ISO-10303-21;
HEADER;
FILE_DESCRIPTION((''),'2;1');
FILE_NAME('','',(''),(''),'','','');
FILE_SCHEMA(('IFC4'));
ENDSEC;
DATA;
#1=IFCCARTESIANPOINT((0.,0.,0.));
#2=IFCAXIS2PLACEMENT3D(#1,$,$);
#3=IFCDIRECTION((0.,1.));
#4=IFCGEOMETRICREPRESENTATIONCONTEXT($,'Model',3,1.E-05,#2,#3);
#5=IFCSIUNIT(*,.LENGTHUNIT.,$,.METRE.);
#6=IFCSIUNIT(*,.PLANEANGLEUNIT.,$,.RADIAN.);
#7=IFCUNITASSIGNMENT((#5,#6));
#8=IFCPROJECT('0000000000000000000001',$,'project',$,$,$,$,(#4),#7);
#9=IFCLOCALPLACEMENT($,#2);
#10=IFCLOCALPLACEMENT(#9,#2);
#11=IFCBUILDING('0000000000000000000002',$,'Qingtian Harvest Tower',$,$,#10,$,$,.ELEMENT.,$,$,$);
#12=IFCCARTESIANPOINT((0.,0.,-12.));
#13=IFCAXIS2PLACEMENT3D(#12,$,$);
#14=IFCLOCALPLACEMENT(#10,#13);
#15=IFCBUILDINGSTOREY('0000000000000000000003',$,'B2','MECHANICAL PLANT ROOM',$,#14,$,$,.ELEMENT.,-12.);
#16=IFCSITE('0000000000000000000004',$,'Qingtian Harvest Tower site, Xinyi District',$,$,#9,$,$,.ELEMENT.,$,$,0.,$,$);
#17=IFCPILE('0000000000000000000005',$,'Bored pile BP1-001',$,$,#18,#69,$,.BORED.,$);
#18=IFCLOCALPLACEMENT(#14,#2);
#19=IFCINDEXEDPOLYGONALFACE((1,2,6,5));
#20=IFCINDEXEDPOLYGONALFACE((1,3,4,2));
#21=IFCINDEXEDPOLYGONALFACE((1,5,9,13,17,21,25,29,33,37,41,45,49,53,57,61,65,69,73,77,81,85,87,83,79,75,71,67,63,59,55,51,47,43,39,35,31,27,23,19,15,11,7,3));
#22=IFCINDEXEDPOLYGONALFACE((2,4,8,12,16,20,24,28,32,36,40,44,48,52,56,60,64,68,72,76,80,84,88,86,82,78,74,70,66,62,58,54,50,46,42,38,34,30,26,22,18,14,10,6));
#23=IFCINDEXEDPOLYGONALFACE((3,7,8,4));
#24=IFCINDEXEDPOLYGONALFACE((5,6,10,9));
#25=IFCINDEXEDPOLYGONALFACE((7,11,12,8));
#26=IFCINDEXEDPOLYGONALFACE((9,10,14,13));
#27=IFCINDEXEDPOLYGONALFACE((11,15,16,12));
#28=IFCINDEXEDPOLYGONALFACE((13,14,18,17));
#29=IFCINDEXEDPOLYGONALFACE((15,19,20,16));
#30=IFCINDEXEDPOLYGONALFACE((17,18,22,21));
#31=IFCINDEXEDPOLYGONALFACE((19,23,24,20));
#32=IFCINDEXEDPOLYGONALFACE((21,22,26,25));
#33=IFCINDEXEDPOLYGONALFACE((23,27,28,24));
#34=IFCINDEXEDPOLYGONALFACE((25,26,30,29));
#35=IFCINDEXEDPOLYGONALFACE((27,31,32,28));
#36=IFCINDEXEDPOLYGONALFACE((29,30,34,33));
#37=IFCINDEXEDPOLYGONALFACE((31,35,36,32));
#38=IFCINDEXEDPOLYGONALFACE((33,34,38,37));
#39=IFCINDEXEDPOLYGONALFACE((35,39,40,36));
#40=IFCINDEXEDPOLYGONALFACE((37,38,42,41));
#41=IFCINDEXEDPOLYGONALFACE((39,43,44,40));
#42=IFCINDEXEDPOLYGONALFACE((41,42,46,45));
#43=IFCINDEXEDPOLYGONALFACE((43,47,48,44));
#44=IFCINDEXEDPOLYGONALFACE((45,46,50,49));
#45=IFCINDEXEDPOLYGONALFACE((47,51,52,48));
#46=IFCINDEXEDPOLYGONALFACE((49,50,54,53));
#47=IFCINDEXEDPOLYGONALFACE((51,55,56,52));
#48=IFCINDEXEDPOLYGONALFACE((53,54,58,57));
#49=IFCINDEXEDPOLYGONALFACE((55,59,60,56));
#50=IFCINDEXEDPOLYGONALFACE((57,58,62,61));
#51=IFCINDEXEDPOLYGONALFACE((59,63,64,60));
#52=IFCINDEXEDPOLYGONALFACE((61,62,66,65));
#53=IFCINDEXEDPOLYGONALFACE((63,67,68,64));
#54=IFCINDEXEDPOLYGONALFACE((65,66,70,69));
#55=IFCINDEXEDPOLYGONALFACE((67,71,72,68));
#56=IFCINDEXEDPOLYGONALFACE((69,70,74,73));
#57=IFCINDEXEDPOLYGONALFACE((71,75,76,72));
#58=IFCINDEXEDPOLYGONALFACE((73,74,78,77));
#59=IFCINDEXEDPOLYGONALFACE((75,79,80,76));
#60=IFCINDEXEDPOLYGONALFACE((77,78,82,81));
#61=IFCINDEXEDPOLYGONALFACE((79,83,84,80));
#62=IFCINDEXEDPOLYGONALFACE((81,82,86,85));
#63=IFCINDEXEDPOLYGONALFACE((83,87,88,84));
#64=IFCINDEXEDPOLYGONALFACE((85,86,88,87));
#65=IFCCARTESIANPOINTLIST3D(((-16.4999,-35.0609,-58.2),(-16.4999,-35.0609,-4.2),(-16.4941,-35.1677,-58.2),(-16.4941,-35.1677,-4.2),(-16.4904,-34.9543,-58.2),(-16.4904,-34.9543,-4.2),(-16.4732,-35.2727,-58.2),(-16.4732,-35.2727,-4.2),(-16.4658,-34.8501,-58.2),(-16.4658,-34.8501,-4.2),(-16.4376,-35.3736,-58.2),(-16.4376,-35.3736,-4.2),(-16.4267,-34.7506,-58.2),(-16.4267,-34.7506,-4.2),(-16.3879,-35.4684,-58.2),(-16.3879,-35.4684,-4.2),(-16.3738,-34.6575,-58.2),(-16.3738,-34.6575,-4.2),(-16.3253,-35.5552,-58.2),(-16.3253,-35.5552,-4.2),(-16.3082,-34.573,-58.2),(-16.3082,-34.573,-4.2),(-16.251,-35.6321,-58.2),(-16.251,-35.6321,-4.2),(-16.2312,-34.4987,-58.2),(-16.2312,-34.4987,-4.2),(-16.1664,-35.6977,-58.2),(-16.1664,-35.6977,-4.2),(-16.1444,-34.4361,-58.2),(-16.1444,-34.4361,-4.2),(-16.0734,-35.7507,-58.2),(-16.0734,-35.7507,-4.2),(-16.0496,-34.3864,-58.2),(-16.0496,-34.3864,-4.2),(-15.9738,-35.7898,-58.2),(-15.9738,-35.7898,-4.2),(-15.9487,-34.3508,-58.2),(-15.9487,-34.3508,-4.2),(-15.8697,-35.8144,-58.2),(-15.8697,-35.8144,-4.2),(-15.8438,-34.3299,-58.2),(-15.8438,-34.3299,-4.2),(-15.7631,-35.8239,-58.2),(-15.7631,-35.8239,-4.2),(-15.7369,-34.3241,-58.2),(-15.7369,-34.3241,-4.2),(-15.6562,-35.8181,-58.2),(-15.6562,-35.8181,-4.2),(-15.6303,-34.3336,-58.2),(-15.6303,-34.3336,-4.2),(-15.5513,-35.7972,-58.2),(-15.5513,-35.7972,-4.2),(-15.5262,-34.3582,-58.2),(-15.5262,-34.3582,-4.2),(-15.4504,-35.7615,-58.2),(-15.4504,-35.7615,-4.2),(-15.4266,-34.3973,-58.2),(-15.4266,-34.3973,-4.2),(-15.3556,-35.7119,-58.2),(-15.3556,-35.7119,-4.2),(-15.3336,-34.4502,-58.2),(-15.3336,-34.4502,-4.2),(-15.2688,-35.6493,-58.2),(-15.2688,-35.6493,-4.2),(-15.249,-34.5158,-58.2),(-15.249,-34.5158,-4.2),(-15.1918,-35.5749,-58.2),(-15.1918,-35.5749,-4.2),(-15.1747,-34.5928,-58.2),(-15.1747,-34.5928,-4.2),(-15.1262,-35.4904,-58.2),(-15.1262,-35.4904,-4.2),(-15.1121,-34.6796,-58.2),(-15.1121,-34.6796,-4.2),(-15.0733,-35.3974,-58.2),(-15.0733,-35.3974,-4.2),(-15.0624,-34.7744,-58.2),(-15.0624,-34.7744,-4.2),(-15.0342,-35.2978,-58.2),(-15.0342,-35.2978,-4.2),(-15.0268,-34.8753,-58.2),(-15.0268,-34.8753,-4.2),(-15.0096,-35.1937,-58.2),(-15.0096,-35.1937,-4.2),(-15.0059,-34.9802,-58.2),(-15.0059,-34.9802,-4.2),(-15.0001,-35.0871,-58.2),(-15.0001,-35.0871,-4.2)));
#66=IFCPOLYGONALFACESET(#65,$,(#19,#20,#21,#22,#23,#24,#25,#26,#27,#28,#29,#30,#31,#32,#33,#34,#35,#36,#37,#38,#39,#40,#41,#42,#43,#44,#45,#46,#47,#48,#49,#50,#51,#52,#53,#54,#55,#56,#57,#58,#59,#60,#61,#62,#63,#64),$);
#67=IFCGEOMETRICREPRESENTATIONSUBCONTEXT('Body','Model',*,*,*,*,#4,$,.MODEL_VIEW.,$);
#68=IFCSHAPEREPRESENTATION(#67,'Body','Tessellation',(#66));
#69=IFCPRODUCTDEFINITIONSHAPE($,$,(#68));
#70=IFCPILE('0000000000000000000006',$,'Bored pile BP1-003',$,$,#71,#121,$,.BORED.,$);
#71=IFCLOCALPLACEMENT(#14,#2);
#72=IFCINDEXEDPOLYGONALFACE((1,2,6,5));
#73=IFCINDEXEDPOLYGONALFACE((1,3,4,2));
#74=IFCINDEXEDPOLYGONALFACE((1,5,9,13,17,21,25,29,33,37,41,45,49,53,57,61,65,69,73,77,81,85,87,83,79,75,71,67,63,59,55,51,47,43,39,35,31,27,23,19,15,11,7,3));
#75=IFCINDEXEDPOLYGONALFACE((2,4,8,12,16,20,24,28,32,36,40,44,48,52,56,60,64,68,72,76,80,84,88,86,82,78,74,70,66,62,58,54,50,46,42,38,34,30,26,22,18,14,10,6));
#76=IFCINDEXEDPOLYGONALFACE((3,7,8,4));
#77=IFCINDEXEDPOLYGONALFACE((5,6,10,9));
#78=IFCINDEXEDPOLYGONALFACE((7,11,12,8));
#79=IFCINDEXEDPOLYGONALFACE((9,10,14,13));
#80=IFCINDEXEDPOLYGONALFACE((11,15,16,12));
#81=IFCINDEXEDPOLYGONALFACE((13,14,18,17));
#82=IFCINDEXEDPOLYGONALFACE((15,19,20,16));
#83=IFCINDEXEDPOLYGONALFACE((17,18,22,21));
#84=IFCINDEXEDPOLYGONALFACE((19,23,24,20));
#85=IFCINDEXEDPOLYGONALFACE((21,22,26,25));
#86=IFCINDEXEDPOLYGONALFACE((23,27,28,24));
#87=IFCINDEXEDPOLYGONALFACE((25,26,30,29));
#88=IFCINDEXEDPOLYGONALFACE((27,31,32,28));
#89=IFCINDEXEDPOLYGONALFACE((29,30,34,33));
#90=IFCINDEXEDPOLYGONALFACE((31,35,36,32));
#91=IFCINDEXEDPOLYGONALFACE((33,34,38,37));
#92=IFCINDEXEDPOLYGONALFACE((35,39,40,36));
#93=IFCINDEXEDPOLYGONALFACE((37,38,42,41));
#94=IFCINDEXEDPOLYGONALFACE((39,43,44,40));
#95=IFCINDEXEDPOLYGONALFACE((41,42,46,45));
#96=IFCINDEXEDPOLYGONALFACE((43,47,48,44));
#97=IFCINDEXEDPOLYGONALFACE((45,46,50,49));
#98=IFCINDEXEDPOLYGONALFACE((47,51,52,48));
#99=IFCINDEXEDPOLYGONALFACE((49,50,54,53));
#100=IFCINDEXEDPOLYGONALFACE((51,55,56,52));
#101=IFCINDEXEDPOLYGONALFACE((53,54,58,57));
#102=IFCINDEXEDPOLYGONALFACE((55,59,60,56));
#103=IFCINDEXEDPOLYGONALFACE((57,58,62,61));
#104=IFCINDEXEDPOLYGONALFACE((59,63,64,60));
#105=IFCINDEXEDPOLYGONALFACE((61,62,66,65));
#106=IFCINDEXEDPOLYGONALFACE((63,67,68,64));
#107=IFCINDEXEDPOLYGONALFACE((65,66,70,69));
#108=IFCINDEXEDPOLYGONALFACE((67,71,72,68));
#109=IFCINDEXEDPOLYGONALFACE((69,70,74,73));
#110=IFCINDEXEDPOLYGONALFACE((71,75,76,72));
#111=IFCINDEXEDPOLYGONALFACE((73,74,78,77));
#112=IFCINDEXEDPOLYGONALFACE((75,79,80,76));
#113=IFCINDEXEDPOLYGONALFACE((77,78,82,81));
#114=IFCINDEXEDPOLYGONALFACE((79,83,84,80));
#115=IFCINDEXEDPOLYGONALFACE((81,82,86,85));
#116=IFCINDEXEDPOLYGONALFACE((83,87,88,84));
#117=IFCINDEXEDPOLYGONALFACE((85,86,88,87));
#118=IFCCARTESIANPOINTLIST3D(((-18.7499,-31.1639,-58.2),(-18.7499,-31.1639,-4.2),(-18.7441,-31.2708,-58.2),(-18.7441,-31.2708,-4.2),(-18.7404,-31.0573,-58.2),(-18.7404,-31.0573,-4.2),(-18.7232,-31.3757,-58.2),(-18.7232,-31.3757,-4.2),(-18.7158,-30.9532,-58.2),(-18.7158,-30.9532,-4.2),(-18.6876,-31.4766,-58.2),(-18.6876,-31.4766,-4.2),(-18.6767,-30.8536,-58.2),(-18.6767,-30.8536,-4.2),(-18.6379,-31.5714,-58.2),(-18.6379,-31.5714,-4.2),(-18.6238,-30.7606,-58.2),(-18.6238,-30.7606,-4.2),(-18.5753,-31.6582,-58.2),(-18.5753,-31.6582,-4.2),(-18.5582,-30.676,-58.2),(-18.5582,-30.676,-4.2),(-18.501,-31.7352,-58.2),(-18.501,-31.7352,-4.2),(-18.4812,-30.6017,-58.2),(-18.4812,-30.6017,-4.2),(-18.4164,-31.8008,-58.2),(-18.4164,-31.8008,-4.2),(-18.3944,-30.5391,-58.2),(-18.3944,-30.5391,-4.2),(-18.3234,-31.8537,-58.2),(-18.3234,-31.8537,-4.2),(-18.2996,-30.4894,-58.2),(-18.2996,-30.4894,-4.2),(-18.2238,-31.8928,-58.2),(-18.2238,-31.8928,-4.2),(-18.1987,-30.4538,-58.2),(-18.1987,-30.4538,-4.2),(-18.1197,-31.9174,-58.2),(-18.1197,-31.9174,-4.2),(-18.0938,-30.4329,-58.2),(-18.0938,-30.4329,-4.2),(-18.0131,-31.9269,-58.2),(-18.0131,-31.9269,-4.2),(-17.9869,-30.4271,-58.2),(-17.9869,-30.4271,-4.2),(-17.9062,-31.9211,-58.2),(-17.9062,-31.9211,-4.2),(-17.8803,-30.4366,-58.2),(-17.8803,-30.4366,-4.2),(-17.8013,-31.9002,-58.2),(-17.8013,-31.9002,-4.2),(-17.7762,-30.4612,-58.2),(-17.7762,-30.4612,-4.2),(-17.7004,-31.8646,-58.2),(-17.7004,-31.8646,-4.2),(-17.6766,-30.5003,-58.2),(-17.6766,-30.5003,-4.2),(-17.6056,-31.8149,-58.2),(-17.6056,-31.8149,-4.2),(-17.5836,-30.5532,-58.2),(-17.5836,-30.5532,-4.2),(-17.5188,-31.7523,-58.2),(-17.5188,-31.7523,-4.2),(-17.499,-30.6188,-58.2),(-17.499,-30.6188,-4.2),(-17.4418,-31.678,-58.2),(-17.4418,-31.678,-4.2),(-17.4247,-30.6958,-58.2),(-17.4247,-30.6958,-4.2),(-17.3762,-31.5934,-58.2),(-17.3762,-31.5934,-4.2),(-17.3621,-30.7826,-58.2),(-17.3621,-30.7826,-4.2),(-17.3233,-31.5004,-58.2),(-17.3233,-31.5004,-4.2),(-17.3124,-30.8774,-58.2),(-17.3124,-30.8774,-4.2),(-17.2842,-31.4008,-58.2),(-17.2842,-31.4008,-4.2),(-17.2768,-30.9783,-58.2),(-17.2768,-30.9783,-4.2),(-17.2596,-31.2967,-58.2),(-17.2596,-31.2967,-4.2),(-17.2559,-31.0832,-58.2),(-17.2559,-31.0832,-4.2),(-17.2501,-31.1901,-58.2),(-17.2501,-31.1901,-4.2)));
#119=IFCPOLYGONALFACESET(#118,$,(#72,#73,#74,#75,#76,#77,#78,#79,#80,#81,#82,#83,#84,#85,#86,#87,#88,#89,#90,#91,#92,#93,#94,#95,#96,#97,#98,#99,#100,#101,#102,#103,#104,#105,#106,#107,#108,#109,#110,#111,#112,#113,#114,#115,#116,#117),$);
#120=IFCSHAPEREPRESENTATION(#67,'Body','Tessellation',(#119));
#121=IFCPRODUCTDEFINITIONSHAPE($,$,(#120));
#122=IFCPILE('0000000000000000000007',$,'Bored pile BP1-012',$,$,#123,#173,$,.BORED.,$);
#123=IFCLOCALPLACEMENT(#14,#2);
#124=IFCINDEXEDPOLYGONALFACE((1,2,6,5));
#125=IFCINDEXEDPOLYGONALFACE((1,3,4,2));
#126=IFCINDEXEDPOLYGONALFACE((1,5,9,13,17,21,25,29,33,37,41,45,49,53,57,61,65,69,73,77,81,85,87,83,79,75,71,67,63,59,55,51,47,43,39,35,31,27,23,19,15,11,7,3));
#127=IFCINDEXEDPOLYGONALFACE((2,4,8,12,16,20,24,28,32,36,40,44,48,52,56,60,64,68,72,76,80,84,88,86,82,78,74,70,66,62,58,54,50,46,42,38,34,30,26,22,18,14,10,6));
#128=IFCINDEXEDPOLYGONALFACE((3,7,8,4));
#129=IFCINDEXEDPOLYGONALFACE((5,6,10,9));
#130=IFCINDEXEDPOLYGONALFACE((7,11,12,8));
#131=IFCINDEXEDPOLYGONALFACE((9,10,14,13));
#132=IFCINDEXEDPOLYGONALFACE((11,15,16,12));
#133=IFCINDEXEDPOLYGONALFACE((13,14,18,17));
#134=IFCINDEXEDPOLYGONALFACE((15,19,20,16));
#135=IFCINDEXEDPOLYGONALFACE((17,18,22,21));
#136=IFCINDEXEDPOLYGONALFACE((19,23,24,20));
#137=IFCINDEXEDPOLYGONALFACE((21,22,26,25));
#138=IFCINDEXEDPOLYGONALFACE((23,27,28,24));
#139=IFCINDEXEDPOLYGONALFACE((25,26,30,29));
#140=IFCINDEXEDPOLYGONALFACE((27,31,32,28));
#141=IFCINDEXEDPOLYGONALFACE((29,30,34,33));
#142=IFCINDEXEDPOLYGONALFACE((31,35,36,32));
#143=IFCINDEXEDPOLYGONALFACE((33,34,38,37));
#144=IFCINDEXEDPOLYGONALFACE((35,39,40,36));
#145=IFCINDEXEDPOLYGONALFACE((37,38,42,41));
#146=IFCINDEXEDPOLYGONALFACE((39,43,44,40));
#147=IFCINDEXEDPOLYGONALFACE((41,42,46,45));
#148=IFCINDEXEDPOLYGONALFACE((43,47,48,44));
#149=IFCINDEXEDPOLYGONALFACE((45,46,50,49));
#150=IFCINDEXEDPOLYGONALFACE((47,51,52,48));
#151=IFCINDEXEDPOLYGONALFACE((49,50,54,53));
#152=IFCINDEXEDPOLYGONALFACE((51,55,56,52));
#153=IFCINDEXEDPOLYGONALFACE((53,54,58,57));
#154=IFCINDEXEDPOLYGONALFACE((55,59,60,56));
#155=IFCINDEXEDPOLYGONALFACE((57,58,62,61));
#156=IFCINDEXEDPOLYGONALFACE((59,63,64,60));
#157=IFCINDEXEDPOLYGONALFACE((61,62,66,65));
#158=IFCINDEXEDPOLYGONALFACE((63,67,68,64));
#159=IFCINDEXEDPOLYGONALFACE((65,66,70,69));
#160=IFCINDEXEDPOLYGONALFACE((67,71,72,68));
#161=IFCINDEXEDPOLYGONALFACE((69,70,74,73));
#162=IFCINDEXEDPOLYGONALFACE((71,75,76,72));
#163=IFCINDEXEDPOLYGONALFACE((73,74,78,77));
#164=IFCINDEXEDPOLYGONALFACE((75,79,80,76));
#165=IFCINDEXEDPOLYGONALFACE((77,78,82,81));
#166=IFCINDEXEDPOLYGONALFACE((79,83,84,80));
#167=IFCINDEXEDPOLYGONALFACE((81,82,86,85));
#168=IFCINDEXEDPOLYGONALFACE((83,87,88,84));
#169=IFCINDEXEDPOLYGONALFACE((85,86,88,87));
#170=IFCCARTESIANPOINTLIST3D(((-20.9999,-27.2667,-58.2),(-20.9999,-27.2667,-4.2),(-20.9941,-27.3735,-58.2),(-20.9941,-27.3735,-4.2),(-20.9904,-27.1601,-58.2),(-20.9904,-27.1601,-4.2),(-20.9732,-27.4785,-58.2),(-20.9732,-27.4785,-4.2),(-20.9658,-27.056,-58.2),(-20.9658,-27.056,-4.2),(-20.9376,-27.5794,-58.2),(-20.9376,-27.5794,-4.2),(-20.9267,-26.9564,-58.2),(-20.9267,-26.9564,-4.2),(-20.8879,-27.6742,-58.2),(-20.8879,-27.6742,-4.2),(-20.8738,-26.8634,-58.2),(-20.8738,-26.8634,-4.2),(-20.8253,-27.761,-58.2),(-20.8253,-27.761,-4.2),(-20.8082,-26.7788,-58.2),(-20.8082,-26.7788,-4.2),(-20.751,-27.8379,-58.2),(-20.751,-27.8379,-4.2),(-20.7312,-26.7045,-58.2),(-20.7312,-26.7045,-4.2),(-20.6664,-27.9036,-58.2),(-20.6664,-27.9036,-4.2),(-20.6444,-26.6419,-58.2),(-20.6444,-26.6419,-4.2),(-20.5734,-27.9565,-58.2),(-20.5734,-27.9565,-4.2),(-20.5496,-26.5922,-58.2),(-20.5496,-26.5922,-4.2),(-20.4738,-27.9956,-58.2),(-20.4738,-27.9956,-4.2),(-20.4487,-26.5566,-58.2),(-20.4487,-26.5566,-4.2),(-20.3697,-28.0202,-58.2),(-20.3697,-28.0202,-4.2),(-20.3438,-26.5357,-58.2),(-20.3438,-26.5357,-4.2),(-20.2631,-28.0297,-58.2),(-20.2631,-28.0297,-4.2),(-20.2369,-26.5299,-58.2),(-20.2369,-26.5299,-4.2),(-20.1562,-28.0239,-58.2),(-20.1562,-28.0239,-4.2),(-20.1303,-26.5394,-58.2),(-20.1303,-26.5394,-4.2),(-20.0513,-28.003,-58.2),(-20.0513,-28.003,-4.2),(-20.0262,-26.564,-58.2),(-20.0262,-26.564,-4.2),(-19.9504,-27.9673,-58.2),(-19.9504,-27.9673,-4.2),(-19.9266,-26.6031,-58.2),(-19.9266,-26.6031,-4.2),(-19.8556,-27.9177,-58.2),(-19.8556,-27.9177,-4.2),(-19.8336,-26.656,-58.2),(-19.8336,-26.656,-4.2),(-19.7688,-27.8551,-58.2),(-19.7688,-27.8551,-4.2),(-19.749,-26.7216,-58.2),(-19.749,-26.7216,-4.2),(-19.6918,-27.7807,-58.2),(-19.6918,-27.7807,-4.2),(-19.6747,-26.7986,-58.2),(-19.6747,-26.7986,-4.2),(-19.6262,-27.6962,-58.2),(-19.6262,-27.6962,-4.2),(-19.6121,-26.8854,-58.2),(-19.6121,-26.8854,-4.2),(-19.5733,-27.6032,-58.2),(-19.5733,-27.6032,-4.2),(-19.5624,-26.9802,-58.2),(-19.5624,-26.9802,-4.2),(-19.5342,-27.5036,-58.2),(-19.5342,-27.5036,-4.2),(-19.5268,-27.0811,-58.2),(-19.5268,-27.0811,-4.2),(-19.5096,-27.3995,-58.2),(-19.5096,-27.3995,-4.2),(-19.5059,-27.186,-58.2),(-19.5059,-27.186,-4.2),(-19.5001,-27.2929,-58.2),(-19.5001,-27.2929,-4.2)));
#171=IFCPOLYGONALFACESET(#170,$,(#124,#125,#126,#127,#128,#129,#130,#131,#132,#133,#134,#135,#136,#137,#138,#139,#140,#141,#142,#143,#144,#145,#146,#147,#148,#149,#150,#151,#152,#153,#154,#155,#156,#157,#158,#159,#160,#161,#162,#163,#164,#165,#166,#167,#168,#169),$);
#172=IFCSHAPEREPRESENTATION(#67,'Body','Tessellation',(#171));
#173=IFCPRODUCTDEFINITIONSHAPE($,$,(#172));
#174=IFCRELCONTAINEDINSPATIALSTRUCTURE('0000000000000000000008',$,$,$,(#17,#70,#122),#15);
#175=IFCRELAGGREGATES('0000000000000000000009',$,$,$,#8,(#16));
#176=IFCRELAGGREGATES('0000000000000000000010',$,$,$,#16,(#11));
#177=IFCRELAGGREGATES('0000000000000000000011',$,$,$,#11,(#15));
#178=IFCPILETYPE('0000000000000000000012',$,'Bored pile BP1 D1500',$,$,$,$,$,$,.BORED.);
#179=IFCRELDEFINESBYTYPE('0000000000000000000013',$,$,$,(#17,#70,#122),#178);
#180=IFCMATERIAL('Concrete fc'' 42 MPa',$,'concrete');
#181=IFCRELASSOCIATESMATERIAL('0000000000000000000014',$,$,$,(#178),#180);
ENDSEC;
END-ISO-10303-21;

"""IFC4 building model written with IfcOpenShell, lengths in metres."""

from ifc_helpers import new_model, si_unit, direction, frame, frame_2d, origin, place, context, subcontext, project, spatial, circle, extrude, material, material_profile, profile_set, type_object, element, save


model = new_model("IFC4")

# Units and contexts
model_context = context("Model", 3, precision=1e-05, world=origin(), true_north=direction((0.0, 1.0)))
body_context = subcontext(model_context, "Body", "Model", "MODEL_VIEW")
ifc_project = project(units=[si_unit("LENGTHUNIT", "METRE"), si_unit("PLANEANGLEUNIT", "RADIAN")], contexts=[model_context])

# Site, building, storey
site_placement = place(None, origin())
site = spatial("IfcSite", under=ifc_project, at=site_placement, Name="Qingtian Harvest Tower site, Xinyi District", CompositionType="ELEMENT", RefElevation=0.0)
building_placement = place(site_placement, origin())
building = spatial("IfcBuilding", under=site, at=building_placement, Name="Qingtian Harvest Tower", CompositionType="ELEMENT")
storey_placement = place(building_placement, frame((0.0, 0.0, -12.0)))
storey = spatial("IfcBuildingStorey", under=building, at=storey_placement, Name="B2", Description="MECHANICAL PLANT ROOM", CompositionType="ELEMENT", Elevation=-12.0)

# Piles
ifc_material_1 = material(Name="Concrete fc' 42 MPa", Category="concrete")
ifc_material_profile_1 = material_profile(ifc_material_1, circle(Radius=0.75, at=frame_2d((0.0, 0.0), x_axis=(0.999848, 0.017452))), Name="Bored pile BP1 D1500")
ifc_profile_set_1 = profile_set([ifc_material_profile_1], Name="Concrete fc' 42 MPa")
pile_type = type_object("IfcPileType", Name="Bored pile BP1 D1500", PredefinedType="BORED", material=ifc_profile_set_1)
for number, where, z_axis, x_axis, name in (
    (1, (-15.75, -35.074, -4.2), (0.0, 0.0, -1.0), (1.0, 0.0, 0.0), "Bored pile BP1-001"),
    (2, (-18.0, -31.177, -4.2), (0.0, 0.0, -1.0), (1.0, 0.0, 0.0), "Bored pile BP1-003"),
    (3, (-20.25, -27.2798, -4.2), (0.0, 0.0, -1.0), (1.0, 0.0, 0.0), "Bored pile BP1-012"),
):
    element("IfcPile", number, at=place(storey_placement, frame(where, z_axis=z_axis, x_axis=x_axis)), inside=storey, type_object=pile_type, Name=name, PredefinedType="BORED", context=body_context, shape_type="SweptSolid", body=[
        extrude(circle(Radius=0.75, at=frame_2d((0.0, 0.0), x_axis=(0.999848, 0.017452))), origin(), (0.0, 0.0, 1.0), 54.0),
    ])

save(model, "model.ifc")
